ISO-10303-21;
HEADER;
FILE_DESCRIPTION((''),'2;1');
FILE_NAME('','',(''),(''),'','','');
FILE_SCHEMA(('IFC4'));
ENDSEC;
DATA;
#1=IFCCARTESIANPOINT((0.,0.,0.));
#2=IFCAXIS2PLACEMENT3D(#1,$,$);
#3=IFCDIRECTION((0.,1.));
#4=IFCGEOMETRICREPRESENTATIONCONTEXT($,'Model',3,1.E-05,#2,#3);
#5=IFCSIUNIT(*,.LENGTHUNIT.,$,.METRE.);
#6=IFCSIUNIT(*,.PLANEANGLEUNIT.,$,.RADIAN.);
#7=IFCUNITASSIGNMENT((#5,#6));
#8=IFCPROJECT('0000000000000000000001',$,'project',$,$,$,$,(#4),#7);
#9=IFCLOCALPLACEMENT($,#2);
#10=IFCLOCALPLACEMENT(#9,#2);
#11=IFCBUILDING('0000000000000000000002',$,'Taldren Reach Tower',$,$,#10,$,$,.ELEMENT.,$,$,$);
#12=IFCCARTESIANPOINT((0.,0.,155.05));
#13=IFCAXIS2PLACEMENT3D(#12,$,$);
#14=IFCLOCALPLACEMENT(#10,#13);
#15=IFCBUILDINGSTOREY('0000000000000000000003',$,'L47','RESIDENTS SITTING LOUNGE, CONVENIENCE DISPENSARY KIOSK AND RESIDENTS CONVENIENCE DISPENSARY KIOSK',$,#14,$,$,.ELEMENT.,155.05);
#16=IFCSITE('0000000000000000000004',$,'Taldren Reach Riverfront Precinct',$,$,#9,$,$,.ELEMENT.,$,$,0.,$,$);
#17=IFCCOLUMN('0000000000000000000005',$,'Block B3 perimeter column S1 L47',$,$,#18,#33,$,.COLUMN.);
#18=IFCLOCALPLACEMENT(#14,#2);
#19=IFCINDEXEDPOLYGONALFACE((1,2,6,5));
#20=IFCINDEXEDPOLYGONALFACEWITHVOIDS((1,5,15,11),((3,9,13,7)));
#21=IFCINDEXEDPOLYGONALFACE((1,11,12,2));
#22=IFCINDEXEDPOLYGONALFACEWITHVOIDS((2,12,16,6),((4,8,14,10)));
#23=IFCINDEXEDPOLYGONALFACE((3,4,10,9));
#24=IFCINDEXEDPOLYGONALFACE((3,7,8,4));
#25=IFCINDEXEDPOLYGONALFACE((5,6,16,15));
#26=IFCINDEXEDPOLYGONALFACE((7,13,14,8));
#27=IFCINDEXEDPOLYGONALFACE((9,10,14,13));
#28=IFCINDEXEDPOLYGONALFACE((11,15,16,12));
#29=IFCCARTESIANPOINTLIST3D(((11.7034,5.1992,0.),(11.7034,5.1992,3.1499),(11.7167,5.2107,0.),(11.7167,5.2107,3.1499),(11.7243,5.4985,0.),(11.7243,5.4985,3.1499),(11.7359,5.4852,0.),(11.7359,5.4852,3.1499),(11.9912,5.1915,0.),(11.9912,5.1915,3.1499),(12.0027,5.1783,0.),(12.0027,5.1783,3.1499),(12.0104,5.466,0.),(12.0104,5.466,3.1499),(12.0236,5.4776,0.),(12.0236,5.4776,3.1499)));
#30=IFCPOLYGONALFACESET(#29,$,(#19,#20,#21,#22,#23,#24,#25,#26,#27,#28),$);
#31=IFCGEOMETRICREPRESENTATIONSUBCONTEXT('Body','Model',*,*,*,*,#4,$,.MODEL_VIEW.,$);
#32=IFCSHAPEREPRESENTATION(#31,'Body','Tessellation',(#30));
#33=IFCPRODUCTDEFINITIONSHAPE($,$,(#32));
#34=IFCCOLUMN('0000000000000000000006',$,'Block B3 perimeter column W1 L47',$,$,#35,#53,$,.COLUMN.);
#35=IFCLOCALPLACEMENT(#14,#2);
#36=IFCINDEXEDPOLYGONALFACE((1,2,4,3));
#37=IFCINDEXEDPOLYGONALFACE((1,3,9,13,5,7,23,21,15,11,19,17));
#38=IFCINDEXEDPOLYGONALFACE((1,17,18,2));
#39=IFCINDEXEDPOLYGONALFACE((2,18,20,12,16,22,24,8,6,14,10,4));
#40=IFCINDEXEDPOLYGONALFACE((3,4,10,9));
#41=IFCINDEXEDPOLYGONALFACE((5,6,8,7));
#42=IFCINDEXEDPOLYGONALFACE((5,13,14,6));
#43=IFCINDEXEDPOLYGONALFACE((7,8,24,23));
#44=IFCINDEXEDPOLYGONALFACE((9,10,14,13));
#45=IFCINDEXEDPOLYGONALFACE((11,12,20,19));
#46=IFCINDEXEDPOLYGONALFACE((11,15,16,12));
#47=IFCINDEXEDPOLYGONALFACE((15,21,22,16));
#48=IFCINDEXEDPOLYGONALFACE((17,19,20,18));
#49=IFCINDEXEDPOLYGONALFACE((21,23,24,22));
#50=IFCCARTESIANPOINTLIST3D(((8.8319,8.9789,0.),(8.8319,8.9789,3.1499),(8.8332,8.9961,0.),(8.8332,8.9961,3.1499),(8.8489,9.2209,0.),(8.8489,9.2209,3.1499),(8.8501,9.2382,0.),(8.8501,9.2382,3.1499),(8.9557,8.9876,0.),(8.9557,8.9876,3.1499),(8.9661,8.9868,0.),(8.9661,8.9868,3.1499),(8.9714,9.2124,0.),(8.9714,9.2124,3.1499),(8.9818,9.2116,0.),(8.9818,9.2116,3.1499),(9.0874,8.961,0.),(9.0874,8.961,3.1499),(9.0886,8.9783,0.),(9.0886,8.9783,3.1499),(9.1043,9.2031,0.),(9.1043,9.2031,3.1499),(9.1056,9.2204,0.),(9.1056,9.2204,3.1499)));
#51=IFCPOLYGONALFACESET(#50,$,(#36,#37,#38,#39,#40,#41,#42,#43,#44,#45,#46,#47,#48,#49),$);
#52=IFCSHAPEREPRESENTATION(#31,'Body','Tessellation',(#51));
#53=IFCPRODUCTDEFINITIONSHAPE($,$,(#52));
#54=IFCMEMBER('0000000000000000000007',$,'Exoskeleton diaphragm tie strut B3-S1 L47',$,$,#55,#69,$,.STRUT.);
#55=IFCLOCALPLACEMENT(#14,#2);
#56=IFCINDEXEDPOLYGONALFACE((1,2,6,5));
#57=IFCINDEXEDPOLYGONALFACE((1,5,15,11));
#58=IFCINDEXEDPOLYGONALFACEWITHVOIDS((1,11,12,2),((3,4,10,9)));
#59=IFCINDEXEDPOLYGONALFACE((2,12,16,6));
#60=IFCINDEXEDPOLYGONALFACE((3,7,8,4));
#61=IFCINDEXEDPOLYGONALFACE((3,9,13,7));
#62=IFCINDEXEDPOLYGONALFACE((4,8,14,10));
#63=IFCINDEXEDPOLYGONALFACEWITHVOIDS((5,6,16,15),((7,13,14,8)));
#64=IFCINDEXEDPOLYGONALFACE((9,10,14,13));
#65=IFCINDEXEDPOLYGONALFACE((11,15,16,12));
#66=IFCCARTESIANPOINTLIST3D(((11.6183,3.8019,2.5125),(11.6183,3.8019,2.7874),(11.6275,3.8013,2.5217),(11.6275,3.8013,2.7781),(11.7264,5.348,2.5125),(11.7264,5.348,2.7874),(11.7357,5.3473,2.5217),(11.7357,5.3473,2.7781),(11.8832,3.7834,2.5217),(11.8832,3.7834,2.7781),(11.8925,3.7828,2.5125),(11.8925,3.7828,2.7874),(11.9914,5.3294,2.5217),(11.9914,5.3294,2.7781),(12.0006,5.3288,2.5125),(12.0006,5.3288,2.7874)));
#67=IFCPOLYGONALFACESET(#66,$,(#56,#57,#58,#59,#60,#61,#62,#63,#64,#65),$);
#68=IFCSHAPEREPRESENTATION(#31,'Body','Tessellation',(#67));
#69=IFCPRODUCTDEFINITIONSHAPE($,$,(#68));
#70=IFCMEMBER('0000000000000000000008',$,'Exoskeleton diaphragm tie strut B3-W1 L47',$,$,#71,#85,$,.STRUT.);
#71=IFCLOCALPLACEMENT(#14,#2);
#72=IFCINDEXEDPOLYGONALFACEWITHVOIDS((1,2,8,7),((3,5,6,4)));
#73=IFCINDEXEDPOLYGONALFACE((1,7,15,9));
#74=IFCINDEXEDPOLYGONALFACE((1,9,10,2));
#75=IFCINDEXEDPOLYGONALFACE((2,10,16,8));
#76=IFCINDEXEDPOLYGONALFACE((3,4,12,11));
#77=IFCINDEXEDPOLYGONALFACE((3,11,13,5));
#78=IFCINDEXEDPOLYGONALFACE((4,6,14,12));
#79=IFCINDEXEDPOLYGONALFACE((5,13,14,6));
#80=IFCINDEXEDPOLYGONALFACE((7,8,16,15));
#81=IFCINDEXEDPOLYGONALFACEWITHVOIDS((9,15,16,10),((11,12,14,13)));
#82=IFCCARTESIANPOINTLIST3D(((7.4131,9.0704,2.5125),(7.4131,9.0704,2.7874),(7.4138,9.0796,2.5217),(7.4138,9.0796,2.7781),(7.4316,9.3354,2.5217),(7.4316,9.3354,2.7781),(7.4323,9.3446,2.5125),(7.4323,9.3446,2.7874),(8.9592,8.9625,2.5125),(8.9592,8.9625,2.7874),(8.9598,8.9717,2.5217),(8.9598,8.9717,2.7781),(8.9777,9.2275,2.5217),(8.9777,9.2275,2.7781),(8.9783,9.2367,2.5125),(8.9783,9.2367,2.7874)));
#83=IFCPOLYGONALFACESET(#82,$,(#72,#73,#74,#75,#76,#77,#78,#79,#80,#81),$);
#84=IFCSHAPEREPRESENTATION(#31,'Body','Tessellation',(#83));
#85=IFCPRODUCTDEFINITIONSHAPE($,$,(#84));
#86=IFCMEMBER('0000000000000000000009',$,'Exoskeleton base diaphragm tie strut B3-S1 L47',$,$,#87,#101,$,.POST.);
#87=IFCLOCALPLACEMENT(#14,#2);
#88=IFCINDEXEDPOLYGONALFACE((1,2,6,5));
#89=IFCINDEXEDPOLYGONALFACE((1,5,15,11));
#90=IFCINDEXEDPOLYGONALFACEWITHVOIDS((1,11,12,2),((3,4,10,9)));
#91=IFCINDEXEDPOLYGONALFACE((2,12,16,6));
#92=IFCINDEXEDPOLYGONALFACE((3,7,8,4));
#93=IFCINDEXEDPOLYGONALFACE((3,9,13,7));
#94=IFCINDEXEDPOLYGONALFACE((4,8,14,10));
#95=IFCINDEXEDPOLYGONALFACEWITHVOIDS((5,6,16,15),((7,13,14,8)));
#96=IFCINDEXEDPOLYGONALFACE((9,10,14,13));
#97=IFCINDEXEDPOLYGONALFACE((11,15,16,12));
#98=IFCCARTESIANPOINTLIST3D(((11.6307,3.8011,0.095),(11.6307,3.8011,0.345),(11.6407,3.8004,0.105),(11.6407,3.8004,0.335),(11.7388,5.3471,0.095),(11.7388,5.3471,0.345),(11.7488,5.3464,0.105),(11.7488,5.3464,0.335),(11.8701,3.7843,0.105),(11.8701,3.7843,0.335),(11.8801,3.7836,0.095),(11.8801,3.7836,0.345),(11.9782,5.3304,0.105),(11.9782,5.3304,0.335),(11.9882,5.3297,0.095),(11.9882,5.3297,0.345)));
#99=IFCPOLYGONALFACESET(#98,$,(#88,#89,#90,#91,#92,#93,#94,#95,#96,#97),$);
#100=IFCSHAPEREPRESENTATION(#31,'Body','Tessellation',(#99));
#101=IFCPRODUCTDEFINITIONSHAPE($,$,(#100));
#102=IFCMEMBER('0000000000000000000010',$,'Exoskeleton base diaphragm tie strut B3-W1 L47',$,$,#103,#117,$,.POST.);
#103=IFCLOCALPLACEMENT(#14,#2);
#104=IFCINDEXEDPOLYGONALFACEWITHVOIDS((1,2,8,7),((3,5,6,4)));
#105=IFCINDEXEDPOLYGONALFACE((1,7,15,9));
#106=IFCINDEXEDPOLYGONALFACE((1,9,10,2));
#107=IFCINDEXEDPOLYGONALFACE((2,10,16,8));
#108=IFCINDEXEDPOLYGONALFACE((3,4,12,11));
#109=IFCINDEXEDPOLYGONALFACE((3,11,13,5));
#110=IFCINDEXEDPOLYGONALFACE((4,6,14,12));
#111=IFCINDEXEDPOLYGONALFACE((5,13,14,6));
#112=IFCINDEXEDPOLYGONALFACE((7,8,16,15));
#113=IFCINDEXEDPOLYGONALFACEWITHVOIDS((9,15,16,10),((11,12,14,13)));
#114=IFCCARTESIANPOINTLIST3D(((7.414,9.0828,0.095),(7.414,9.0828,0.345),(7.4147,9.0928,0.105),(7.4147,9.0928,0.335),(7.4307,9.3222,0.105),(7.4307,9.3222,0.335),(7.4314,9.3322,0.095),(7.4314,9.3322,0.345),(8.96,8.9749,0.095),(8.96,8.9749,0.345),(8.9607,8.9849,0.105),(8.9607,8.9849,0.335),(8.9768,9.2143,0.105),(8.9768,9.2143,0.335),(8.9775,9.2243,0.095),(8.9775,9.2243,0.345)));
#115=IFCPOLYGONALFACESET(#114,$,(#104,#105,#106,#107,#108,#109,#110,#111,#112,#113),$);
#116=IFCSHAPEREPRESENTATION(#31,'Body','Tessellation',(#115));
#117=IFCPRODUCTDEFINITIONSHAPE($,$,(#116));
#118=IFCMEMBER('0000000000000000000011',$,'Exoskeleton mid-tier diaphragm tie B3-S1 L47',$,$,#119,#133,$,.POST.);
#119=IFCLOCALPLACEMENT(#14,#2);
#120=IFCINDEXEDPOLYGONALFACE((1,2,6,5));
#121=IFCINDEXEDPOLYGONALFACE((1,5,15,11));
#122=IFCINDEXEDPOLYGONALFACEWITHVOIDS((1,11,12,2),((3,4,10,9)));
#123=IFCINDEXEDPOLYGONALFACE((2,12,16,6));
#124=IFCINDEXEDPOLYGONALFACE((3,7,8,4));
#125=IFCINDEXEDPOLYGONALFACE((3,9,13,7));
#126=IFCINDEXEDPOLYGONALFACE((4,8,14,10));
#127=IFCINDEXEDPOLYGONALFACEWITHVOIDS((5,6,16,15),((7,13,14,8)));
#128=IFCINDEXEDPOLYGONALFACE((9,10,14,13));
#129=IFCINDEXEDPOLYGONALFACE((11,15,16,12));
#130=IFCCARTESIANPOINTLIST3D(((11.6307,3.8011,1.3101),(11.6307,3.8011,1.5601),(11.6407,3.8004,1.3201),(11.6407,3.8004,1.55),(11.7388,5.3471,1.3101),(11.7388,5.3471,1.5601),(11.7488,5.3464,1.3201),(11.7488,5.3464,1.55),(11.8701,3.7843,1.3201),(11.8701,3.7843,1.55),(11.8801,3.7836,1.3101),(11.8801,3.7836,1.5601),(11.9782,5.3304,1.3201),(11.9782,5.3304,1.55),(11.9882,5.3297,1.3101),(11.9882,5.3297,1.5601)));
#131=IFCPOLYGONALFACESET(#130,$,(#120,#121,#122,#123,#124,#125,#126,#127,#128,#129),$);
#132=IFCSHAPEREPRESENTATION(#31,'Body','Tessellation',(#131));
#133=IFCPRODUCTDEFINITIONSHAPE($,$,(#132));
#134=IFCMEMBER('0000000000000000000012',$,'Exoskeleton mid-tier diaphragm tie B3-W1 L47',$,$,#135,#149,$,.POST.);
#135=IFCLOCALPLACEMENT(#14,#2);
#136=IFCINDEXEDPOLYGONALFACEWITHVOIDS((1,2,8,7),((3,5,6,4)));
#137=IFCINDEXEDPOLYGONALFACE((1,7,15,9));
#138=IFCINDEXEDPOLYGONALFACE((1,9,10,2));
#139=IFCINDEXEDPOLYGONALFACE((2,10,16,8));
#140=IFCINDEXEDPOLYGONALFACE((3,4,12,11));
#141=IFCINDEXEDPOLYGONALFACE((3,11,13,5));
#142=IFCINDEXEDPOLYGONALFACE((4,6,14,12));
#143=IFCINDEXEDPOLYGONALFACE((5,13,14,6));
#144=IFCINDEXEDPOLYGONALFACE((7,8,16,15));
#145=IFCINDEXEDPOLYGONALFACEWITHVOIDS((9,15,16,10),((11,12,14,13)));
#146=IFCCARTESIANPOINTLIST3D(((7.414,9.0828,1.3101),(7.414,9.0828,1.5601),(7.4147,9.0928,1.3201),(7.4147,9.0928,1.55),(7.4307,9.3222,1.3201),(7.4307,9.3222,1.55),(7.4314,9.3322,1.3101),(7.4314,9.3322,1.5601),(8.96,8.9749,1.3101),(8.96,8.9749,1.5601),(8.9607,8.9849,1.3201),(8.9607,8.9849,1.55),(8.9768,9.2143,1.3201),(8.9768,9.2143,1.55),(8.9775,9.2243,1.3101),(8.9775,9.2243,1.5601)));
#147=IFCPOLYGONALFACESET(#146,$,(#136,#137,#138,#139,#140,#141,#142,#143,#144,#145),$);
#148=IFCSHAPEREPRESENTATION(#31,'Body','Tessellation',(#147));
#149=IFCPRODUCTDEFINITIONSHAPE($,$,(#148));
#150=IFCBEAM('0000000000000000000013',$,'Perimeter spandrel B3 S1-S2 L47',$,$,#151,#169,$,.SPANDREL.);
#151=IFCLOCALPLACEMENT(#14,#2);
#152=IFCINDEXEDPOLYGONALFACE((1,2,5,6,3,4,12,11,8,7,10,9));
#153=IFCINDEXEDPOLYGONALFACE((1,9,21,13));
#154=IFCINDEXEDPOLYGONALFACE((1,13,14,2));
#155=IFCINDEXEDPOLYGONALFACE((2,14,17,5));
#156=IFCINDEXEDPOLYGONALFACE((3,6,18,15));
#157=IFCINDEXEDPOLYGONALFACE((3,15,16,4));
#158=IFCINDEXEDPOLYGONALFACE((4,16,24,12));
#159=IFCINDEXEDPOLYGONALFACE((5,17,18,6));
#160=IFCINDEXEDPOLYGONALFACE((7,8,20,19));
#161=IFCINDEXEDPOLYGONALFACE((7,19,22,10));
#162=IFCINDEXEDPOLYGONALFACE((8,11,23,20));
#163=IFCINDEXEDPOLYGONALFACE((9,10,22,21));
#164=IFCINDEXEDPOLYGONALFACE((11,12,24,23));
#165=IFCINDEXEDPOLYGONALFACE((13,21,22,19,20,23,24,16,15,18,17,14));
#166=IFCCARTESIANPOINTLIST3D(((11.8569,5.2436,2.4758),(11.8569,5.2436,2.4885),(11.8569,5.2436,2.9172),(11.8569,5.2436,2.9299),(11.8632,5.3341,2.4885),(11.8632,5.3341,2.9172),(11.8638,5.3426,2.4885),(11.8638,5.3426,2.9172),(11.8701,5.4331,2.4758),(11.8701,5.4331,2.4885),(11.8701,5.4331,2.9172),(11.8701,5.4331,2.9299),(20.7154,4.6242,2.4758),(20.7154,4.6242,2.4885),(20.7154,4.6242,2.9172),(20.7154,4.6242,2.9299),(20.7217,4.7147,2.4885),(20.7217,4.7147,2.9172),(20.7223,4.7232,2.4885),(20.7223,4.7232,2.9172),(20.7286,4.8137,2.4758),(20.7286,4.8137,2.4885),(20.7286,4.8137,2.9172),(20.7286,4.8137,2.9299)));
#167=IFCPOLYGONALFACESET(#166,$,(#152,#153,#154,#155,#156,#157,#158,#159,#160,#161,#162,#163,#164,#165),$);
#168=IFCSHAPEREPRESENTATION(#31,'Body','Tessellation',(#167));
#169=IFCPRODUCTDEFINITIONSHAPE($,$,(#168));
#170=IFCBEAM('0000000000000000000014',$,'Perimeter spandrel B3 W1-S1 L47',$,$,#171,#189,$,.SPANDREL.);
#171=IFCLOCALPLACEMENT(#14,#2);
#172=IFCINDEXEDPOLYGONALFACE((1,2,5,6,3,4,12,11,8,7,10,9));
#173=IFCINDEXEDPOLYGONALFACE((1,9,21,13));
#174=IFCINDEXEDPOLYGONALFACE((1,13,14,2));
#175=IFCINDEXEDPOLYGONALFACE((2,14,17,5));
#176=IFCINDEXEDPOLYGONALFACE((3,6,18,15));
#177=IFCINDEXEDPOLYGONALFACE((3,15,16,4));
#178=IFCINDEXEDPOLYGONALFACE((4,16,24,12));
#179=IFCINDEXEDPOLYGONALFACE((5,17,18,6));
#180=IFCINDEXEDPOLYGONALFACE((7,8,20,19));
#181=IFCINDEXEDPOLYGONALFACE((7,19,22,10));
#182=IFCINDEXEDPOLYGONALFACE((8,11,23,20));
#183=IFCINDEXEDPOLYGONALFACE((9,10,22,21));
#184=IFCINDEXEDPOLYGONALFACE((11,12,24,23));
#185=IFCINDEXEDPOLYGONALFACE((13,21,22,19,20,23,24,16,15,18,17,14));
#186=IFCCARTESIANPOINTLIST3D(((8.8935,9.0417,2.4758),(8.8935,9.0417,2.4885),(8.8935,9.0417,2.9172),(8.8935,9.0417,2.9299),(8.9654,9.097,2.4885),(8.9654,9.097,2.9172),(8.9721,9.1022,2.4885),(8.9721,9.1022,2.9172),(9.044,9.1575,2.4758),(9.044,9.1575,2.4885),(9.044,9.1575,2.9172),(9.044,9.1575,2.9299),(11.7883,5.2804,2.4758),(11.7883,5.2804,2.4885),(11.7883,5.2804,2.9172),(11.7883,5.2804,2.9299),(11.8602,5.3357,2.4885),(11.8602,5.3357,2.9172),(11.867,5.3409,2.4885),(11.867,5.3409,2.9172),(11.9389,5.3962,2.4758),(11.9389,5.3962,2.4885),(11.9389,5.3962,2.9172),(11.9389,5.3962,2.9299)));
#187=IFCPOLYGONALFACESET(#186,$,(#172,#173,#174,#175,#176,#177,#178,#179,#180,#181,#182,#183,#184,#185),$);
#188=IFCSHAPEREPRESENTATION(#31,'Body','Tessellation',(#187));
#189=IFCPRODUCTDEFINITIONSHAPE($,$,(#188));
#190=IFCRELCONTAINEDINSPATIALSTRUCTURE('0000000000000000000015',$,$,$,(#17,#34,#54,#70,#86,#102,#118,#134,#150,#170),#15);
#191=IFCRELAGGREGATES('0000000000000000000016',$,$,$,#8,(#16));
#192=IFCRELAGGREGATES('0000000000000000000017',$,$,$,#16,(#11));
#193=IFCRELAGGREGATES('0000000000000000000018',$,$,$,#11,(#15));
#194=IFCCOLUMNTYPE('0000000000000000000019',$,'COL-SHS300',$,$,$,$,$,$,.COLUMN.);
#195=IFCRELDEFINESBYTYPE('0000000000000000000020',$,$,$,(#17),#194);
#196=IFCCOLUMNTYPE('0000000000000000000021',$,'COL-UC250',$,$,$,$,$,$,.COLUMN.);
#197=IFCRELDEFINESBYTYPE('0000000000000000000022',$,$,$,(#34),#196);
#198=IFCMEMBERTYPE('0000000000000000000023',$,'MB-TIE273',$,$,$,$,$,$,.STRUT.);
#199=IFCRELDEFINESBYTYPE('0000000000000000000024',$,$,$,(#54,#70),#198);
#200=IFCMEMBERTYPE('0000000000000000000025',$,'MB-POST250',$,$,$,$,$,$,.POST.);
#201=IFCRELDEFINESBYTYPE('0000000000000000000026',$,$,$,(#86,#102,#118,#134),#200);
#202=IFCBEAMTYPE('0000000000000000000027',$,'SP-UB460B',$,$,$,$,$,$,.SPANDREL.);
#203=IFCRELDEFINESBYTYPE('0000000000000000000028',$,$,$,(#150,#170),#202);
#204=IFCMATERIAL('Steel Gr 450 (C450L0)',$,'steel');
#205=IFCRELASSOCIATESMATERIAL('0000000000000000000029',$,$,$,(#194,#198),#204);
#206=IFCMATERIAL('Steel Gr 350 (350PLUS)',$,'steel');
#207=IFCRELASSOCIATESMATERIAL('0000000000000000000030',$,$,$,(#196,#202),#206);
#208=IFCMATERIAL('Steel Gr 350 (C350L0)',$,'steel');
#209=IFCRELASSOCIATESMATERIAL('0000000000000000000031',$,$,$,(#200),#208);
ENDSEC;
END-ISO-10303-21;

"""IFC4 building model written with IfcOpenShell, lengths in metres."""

from ifc_helpers import new_model, si_unit, direction, frame, origin, origin_2d, place, context, subcontext, project, spatial, hollow_rectangle, i_section, extrude, source, transform, mapped, material, material_profile, profile_set, type_object, element, save


model = new_model("IFC4")

# Units and contexts
model_context = context("Model", 3, precision=1e-05, world=origin(), true_north=direction((0.0, 1.0)))
body_context = subcontext(model_context, "Body", "Model", "MODEL_VIEW")
ifc_project = project(units=[si_unit("LENGTHUNIT", "METRE"), si_unit("PLANEANGLEUNIT", "RADIAN")], contexts=[model_context])

# Site, building, storey
site_placement = place(None, origin())
site = spatial("IfcSite", under=ifc_project, at=site_placement, Name="Taldren Reach Riverfront Precinct", CompositionType="ELEMENT", RefElevation=0.0)
building_placement = place(site_placement, origin())
building = spatial("IfcBuilding", under=site, at=building_placement, Name="Taldren Reach Tower", CompositionType="ELEMENT")
storey_placement = place(building_placement, frame((0.0, 0.0, 155.05)))
storey = spatial("IfcBuildingStorey", under=building, at=storey_placement, Name="L47", Description="RESIDENTS SITTING LOUNGE, CONVENIENCE DISPENSARY KIOSK AND RESIDENTS CONVENIENCE DISPENSARY KIOSK", CompositionType="ELEMENT", Elevation=155.05)

# Columns
ifc_material_1 = material(Name="Steel Gr 450 (C450L0)", Category="steel")
ifc_material_profile_1 = material_profile(ifc_material_1, hollow_rectangle(XDim=0.3, YDim=0.3, WallThickness=0.0125, at=origin_2d()), Name="300x300x12.5SHS")
ifc_profile_set_1 = profile_set([ifc_material_profile_1], Name="Steel Gr 450 (C450L0)")
column_type_1 = type_object("IfcColumnType", Name="COL-SHS300", PredefinedType="COLUMN", material=ifc_profile_set_1)
shared_shape_1 = source(origin(), body_context, "Body", "SweptSolid", [
    extrude(hollow_rectangle(XDim=0.3, YDim=0.3, WallThickness=0.0125, at=origin_2d()), origin(), (0.0, 0.0, 1.0), 3.1499),
])
column_1_placement = place(storey_placement, frame((11.8635, 5.3384, 0.0), z_axis=(0.0, 0.0, 1.0), x_axis=(0.997564, -0.069756, 0.0)))
element("IfcColumn", 1, at=column_1_placement, inside=storey, type_object=column_type_1, Name="Block B3 perimeter column S1 L47", PredefinedType="COLUMN", context=body_context, shape_type="MappedRepresentation", body=[
    mapped(shared_shape_1, transform((0.0, 0.0, 0.0), scale=1.0)),
])
ifc_material_2 = material(Name="Steel Gr 350 (350PLUS)", Category="steel")
ifc_material_profile_2 = material_profile(ifc_material_2, i_section(OverallWidth=0.2561, OverallDepth=0.26, WebThickness=0.0105, FlangeThickness=0.0173, at=origin_2d()), Name="250UC89.5")
ifc_profile_set_2 = profile_set([ifc_material_profile_2], Name="Steel Gr 350 (350PLUS)")
column_type_2 = type_object("IfcColumnType", Name="COL-UC250", PredefinedType="COLUMN", material=ifc_profile_set_2)
shared_shape_2 = source(origin(), body_context, "Body", "SweptSolid", [
    extrude(i_section(OverallWidth=0.2561, OverallDepth=0.26, WebThickness=0.0105, FlangeThickness=0.0173, at=origin_2d()), origin(), (0.0, 0.0, 1.0), 3.1499),
])
column_2_placement = place(storey_placement, frame((8.9688, 9.0996, 0.0), z_axis=(0.0, 0.0, 1.0), x_axis=(0.997564, -0.069756, 0.0)))
element("IfcColumn", 2, at=column_2_placement, inside=storey, type_object=column_type_2, Name="Block B3 perimeter column W1 L47", PredefinedType="COLUMN", context=body_context, shape_type="MappedRepresentation", body=[
    mapped(shared_shape_2, transform((0.0, 0.0, 0.0), scale=1.0)),
])

# Members
ifc_material_profile_3 = material_profile(ifc_material_1, hollow_rectangle(XDim=0.2749, YDim=0.2749, WallThickness=0.0093, at=origin_2d()), Name="275x275x9.3SHS")
ifc_profile_set_3 = profile_set([ifc_material_profile_3], Name="Steel Gr 450 (C450L0)")
member_type_1 = type_object("IfcMemberType", Name="MB-TIE273", PredefinedType="STRUT", material=ifc_profile_set_3)
shared_shape_3 = source(origin(), body_context, "Body", "SweptSolid", [
    extrude(hollow_rectangle(XDim=0.2749, YDim=0.2749, WallThickness=0.0093, at=origin_2d()), origin(), (0.0, 0.0, 1.0), 1.5498),
])
for number, where, z_axis, x_axis, name in (
    (3, (11.8635, 5.3384, 2.6499), (-0.069781, -0.997562, 0.0), (0.997562, -0.069781, 0.0), "Exoskeleton diaphragm tie strut B3-S1 L47"),
    (4, (8.9688, 9.0996, 2.6499), (-0.997573, 0.069624, 0.0), (-0.069624, -0.997573, 0.0), "Exoskeleton diaphragm tie strut B3-W1 L47"),
):
    element("IfcMember", number, at=place(storey_placement, frame(where, z_axis=z_axis, x_axis=x_axis)), inside=storey, type_object=member_type_1, Name=name, PredefinedType="STRUT", context=body_context, shape_type="MappedRepresentation", body=[
        mapped(shared_shape_3, transform((0.0, 0.0, 0.0), scale=1.0)),
    ])
ifc_material_3 = material(Name="Steel Gr 350 (C350L0)", Category="steel")
ifc_material_profile_4 = material_profile(ifc_material_3, hollow_rectangle(XDim=0.25, YDim=0.25, WallThickness=0.01, at=origin_2d()), Name="250x250x10.0SHS")
ifc_profile_set_4 = profile_set([ifc_material_profile_4], Name="Steel Gr 350 (C350L0)")
member_type_2 = type_object("IfcMemberType", Name="MB-POST250", PredefinedType="POST", material=ifc_profile_set_4)
shared_shape_4 = source(origin(), body_context, "Body", "SweptSolid", [
    extrude(hollow_rectangle(XDim=0.25, YDim=0.25, WallThickness=0.01, at=origin_2d()), origin(), (0.0, 0.0, 1.0), 1.5498),
])
for number, where, z_axis, x_axis, name in (
    (5, (11.8635, 5.3384, 0.22), (-0.069781, -0.997562, 0.0), (0.997562, -0.069781, 0.0), "Exoskeleton base diaphragm tie strut B3-S1 L47"),
    (6, (8.9688, 9.0996, 0.22), (-0.997573, 0.069624, 0.0), (-0.069624, -0.997573, 0.0), "Exoskeleton base diaphragm tie strut B3-W1 L47"),
    (7, (11.8635, 5.3384, 1.4351), (-0.069781, -0.997562, 0.0), (0.997562, -0.069781, 0.0), "Exoskeleton mid-tier diaphragm tie B3-S1 L47"),
    (8, (8.9688, 9.0996, 1.4351), (-0.997573, 0.069624, 0.0), (-0.069624, -0.997573, 0.0), "Exoskeleton mid-tier diaphragm tie B3-W1 L47"),
):
    element("IfcMember", number, at=place(storey_placement, frame(where, z_axis=z_axis, x_axis=x_axis)), inside=storey, type_object=member_type_2, Name=name, PredefinedType="POST", context=body_context, shape_type="MappedRepresentation", body=[
        mapped(shared_shape_4, transform((0.0, 0.0, 0.0), scale=1.0)),
    ])

# Beams
ifc_material_profile_5 = material_profile(ifc_material_2, i_section(OverallWidth=0.1899, OverallDepth=0.4541, WebThickness=0.0085, FlangeThickness=0.0127, at=origin_2d()), Name="460UB67.1")
ifc_profile_set_5 = profile_set([ifc_material_profile_5], Name="Steel Gr 350 (350PLUS)")
beam_type_1 = type_object("IfcBeamType", Name="SP-UB460B", PredefinedType="SPANDREL", material=ifc_profile_set_5)
shared_shape_5 = source(origin(), body_context, "Body", "SweptSolid", [
    extrude(i_section(OverallWidth=0.1899, OverallDepth=0.4541, WebThickness=0.0085, FlangeThickness=0.0127, at=origin_2d()), origin(), (0.0, 0.0, 1.0), 8.8801),
])
beam_1_placement = place(storey_placement, frame((11.8635, 5.3384, 2.7029), z_axis=(0.997564, -0.06975, 0.0), x_axis=(0.06975, 0.997564, 0.0)))
element("IfcBeam", 9, at=beam_1_placement, inside=storey, type_object=beam_type_1, Name="Perimeter spandrel B3 S1-S2 L47", PredefinedType="SPANDREL", context=body_context, shape_type="MappedRepresentation", body=[
    mapped(shared_shape_5, transform((0.0, 0.0, 0.0), scale=1.0)),
])
shared_shape_6 = source(origin(), body_context, "Body", "SweptSolid", [
    extrude(i_section(OverallWidth=0.1899, OverallDepth=0.4541, WebThickness=0.0085, FlangeThickness=0.0127, at=origin_2d()), origin(), (0.0, 0.0, 1.0), 4.7463),
])
beam_2_placement = place(storey_placement, frame((8.9688, 9.0996, 2.7029), z_axis=(0.609912, -0.792469, 0.0), x_axis=(0.792469, 0.609912, 0.0)))
element("IfcBeam", 10, at=beam_2_placement, inside=storey, type_object=beam_type_1, Name="Perimeter spandrel B3 W1-S1 L47", PredefinedType="SPANDREL", context=body_context, shape_type="MappedRepresentation", body=[
    mapped(shared_shape_6, transform((0.0, 0.0, 0.0), scale=1.0)),
])

save(model, "model.ifc")
